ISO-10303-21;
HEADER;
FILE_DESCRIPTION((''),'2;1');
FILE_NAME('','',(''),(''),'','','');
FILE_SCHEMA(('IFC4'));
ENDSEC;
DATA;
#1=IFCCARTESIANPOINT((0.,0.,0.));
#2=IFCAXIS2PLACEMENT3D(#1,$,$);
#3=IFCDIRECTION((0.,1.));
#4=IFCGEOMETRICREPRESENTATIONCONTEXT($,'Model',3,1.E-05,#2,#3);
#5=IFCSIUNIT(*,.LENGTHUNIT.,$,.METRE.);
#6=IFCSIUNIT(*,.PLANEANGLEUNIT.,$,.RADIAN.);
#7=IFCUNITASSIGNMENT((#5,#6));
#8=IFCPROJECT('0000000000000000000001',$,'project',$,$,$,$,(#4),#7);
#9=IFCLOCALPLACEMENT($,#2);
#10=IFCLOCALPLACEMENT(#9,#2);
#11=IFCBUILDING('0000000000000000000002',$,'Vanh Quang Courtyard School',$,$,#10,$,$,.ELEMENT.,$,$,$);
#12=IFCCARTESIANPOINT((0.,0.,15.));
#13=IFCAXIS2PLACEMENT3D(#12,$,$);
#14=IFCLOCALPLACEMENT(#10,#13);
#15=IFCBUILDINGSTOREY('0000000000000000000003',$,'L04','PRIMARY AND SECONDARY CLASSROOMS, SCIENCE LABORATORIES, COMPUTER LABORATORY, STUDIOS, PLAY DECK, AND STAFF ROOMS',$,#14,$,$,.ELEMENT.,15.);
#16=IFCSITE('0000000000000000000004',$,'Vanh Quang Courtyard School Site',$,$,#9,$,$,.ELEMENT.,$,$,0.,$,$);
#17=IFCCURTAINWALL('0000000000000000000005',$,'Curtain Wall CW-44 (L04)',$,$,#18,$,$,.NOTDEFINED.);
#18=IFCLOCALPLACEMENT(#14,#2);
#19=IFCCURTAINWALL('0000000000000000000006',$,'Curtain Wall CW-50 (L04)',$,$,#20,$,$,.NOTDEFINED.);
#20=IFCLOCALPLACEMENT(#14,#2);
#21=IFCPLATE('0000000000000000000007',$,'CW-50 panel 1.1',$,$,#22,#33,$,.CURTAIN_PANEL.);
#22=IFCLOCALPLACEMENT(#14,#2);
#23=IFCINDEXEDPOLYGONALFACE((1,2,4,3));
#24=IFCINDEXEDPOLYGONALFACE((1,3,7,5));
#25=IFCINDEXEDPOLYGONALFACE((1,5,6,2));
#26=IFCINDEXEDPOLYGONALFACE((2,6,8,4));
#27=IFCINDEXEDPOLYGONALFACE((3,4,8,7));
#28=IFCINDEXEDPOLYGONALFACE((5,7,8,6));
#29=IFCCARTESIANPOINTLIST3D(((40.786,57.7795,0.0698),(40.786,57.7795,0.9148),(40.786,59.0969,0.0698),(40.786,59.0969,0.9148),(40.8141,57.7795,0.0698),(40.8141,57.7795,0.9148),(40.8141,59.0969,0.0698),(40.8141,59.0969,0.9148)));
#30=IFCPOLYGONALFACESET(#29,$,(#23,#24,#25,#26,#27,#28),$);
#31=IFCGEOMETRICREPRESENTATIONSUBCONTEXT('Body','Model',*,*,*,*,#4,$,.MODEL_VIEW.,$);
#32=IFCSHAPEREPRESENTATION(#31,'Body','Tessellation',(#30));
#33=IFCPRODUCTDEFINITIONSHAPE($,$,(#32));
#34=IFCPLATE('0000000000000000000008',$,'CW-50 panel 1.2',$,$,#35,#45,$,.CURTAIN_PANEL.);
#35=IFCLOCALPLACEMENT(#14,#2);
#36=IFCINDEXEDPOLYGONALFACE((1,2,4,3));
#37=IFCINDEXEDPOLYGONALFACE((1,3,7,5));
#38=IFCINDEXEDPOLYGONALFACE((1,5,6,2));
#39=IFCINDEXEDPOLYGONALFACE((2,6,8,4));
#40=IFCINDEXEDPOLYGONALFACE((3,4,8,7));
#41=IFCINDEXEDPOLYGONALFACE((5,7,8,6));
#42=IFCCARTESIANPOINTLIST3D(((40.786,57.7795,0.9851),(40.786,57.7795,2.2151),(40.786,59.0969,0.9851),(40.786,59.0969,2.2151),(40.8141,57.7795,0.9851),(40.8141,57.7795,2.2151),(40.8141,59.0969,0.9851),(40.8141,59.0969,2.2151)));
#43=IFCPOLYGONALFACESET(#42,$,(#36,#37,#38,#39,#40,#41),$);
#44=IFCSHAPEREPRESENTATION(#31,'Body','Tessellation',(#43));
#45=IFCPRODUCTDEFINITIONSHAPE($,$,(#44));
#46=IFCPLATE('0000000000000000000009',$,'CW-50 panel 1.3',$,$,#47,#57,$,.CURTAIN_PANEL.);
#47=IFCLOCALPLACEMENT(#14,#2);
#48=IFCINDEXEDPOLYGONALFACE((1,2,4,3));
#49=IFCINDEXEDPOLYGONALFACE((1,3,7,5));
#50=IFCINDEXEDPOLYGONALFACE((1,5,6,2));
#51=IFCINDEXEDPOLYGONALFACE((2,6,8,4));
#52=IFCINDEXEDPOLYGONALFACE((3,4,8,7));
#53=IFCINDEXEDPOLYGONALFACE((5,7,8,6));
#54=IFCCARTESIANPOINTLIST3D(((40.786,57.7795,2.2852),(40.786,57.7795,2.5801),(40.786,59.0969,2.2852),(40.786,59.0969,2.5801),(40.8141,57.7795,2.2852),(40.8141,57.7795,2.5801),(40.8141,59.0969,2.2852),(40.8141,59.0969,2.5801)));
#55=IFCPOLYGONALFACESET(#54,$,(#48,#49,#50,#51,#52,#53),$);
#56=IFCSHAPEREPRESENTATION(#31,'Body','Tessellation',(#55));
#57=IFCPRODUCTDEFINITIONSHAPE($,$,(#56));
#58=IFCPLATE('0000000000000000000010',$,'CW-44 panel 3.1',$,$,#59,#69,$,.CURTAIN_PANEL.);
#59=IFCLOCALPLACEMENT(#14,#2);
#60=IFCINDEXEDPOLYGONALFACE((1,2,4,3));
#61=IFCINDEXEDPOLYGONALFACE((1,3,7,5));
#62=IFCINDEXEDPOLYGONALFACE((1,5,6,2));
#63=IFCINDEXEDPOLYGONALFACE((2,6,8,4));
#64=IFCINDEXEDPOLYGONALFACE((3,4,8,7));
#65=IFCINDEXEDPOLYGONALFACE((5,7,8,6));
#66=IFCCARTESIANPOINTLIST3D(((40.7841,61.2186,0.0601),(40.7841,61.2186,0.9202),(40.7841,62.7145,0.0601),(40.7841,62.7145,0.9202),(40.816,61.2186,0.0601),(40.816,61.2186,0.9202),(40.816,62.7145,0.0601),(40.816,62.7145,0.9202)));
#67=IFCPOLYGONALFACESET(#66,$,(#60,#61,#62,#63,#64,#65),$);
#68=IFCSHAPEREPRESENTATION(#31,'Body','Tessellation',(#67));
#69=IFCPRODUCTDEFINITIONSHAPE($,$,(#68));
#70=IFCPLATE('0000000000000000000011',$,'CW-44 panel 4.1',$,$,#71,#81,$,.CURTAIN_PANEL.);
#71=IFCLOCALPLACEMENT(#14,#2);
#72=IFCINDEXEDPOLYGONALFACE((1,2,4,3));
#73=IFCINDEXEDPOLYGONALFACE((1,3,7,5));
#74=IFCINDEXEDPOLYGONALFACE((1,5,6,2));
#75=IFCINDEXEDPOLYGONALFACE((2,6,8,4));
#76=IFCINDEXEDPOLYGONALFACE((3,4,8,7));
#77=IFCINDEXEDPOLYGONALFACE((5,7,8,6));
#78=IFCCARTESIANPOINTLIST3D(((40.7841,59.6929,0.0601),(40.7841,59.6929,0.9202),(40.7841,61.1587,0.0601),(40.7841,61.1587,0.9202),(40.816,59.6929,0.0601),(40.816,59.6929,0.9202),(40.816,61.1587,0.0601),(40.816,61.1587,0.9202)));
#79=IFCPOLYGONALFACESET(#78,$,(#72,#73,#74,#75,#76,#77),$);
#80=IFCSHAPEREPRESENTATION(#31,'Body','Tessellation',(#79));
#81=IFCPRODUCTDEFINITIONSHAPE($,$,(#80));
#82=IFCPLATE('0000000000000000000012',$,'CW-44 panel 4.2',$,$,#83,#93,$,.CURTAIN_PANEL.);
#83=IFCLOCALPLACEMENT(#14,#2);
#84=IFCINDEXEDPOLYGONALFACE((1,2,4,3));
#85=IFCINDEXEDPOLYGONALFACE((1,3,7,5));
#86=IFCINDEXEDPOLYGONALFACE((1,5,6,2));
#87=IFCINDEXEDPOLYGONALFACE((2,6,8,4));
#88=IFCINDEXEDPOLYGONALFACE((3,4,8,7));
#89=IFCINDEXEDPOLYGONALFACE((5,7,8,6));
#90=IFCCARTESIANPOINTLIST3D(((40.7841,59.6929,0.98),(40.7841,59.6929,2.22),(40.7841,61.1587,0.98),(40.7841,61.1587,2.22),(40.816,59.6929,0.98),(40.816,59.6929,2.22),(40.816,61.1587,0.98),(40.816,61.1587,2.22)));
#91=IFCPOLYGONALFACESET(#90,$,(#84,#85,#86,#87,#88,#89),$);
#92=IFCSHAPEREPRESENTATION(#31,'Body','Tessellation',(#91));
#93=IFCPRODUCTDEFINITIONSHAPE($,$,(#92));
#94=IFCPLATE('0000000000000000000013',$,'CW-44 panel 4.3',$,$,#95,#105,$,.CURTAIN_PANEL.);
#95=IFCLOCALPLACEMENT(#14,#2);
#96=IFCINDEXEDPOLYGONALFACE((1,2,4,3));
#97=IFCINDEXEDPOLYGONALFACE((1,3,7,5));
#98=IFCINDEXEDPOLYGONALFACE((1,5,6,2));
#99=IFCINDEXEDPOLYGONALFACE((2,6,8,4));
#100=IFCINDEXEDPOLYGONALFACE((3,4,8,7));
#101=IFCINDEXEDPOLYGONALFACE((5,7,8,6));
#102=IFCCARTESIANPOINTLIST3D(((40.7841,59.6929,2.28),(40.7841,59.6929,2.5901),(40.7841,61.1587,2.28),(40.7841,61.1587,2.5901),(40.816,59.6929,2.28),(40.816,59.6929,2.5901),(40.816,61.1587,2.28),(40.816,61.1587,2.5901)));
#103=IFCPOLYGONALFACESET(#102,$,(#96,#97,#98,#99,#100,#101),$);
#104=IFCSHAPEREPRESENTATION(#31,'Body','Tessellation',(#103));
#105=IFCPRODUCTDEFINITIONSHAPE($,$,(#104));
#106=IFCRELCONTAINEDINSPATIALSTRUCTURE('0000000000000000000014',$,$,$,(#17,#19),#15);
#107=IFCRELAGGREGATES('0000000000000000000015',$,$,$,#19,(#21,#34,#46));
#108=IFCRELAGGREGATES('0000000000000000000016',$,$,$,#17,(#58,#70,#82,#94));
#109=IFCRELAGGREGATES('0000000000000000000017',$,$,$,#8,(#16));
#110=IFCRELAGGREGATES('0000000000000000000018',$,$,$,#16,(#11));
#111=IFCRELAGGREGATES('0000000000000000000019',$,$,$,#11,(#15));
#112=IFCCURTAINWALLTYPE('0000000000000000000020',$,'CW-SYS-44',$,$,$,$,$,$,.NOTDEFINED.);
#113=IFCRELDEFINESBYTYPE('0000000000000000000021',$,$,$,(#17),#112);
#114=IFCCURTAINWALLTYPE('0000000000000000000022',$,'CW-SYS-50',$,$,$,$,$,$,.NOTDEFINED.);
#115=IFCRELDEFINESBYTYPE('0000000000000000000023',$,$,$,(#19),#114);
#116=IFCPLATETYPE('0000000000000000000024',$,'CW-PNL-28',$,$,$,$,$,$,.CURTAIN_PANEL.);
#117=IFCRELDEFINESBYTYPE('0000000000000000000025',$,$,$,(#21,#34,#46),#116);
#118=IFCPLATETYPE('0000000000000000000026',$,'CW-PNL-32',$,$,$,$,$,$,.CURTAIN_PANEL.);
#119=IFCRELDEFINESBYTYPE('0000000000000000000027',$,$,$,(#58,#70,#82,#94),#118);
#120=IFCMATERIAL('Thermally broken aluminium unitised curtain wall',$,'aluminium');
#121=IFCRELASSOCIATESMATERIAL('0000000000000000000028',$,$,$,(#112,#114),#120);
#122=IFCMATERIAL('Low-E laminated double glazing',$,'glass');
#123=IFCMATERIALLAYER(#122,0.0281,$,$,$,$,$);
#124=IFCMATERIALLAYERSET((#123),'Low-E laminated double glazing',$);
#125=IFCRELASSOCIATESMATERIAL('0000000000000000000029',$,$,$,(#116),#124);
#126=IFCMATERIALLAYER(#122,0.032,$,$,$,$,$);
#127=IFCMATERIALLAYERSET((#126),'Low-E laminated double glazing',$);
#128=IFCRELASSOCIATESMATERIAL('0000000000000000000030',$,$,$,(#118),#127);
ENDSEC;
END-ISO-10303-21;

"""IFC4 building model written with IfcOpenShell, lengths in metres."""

from ifc_helpers import new_model, si_unit, direction, frame, origin, origin_2d, place, context, subcontext, project, spatial, rectangle, extrude, material, layer, layer_set, type_object, element, aggregate, save


model = new_model("IFC4")

# Units and contexts
model_context = context("Model", 3, precision=1e-05, world=origin(), true_north=direction((0.0, 1.0)))
body_context = subcontext(model_context, "Body", "Model", "MODEL_VIEW")
ifc_project = project(units=[si_unit("LENGTHUNIT", "METRE"), si_unit("PLANEANGLEUNIT", "RADIAN")], contexts=[model_context])

# Site, building, storey
site_placement = place(None, origin())
site = spatial("IfcSite", under=ifc_project, at=site_placement, Name="Vanh Quang Courtyard School Site", CompositionType="ELEMENT", RefElevation=0.0)
building_placement = place(site_placement, origin())
building = spatial("IfcBuilding", under=site, at=building_placement, Name="Vanh Quang Courtyard School", CompositionType="ELEMENT")
storey_placement = place(building_placement, frame((0.0, 0.0, 15.0)))
storey = spatial("IfcBuildingStorey", under=building, at=storey_placement, Name="L04", Description="PRIMARY AND SECONDARY CLASSROOMS, SCIENCE LABORATORIES, COMPUTER LABORATORY, STUDIOS, PLAY DECK, AND STAFF ROOMS", CompositionType="ELEMENT", Elevation=15.0)

# Curtain walls
ifc_material_1 = material(Name="Thermally broken aluminium unitised curtain wall", Category="aluminium")
curtain_wall_type_1 = type_object("IfcCurtainWallType", Name="CW-SYS-44", PredefinedType="NOTDEFINED", material=ifc_material_1)
curtain_wall_1_placement = place(storey_placement, origin())
curtain_wall_1 = element("IfcCurtainWall", 1, at=curtain_wall_1_placement, inside=storey, type_object=curtain_wall_type_1, Name="Curtain Wall CW-44 (L04)", PredefinedType="NOTDEFINED")
curtain_wall_type_2 = type_object("IfcCurtainWallType", Name="CW-SYS-50", PredefinedType="NOTDEFINED", material=ifc_material_1)
curtain_wall_2_placement = place(storey_placement, origin())
curtain_wall_2 = element("IfcCurtainWall", 2, at=curtain_wall_2_placement, inside=storey, type_object=curtain_wall_type_2, Name="Curtain Wall CW-50 (L04)", PredefinedType="NOTDEFINED")

# Plates
ifc_material_2 = material(Name="Low-E laminated double glazing", Category="glass")
ifc_layer_1 = layer(ifc_material_2, 0.0281)
ifc_layer_set_1 = layer_set([ifc_layer_1], Name="Low-E laminated double glazing")
plate_type_1 = type_object("IfcPlateType", Name="CW-PNL-28", PredefinedType="CURTAIN_PANEL", material=ifc_layer_set_1)
plate_1_placement = place(storey_placement, frame((40.8, 58.4382, 0.0698), z_axis=(0.0, 0.0, 1.0), x_axis=(0.0, -1.0, 0.0)))
plate_1 = element("IfcPlate", 3, at=plate_1_placement, type_object=plate_type_1, Name="CW-50 panel 1.1", PredefinedType="CURTAIN_PANEL", context=body_context, shape_type="SweptSolid", body=[
    extrude(rectangle(XDim=1.3174, YDim=0.0281, at=origin_2d()), origin(), (0.0, 0.0, 1.0), 0.845),
])
plate_2_placement = place(storey_placement, frame((40.8, 58.4382, 0.9851), z_axis=(0.0, 0.0, 1.0), x_axis=(0.0, -1.0, 0.0)))
plate_2 = element("IfcPlate", 4, at=plate_2_placement, type_object=plate_type_1, Name="CW-50 panel 1.2", PredefinedType="CURTAIN_PANEL", context=body_context, shape_type="SweptSolid", body=[
    extrude(rectangle(XDim=1.3174, YDim=0.0281, at=origin_2d()), origin(), (0.0, 0.0, 1.0), 1.23),
])
plate_3_placement = place(storey_placement, frame((40.8, 58.4382, 2.2852), z_axis=(0.0, 0.0, 1.0), x_axis=(0.0, -1.0, 0.0)))
plate_3 = element("IfcPlate", 5, at=plate_3_placement, type_object=plate_type_1, Name="CW-50 panel 1.3", PredefinedType="CURTAIN_PANEL", context=body_context, shape_type="SweptSolid", body=[
    extrude(rectangle(XDim=1.3174, YDim=0.0281, at=origin_2d()), origin(), (0.0, 0.0, 1.0), 0.2949),
])
aggregate(curtain_wall_2, [plate_1, plate_2, plate_3])
ifc_layer_2 = layer(ifc_material_2, 0.032)
ifc_layer_set_2 = layer_set([ifc_layer_2], Name="Low-E laminated double glazing")
plate_type_2 = type_object("IfcPlateType", Name="CW-PNL-32", PredefinedType="CURTAIN_PANEL", material=ifc_layer_set_2)
plate_4_placement = place(storey_placement, frame((40.8, 61.9666, 0.0601), z_axis=(0.0, 0.0, 1.0), x_axis=(0.0, -1.0, 0.0)))
plate_4 = element("IfcPlate", 6, at=plate_4_placement, type_object=plate_type_2, Name="CW-44 panel 3.1", PredefinedType="CURTAIN_PANEL", context=body_context, shape_type="SweptSolid", body=[
    extrude(rectangle(XDim=1.4958, YDim=0.032, at=origin_2d()), origin(), (0.0, 0.0, 1.0), 0.8601),
])
plate_5_placement = place(storey_placement, frame((40.8, 60.4258, 0.0601), z_axis=(0.0, 0.0, 1.0), x_axis=(0.0, -1.0, 0.0)))
plate_5 = element("IfcPlate", 7, at=plate_5_placement, type_object=plate_type_2, Name="CW-44 panel 4.1", PredefinedType="CURTAIN_PANEL", context=body_context, shape_type="SweptSolid", body=[
    extrude(rectangle(XDim=1.4658, YDim=0.032, at=origin_2d()), origin(), (0.0, 0.0, 1.0), 0.8601),
])
plate_6_placement = place(storey_placement, frame((40.8, 60.4258, 0.98), z_axis=(0.0, 0.0, 1.0), x_axis=(0.0, -1.0, 0.0)))
plate_6 = element("IfcPlate", 8, at=plate_6_placement, type_object=plate_type_2, Name="CW-44 panel 4.2", PredefinedType="CURTAIN_PANEL", context=body_context, shape_type="SweptSolid", body=[
    extrude(rectangle(XDim=1.4658, YDim=0.032, at=origin_2d()), origin(), (0.0, 0.0, 1.0), 1.24),
])
plate_7_placement = place(storey_placement, frame((40.8, 60.4258, 2.28), z_axis=(0.0, 0.0, 1.0), x_axis=(0.0, -1.0, 0.0)))
plate_7 = element("IfcPlate", 9, at=plate_7_placement, type_object=plate_type_2, Name="CW-44 panel 4.3", PredefinedType="CURTAIN_PANEL", context=body_context, shape_type="SweptSolid", body=[
    extrude(rectangle(XDim=1.4658, YDim=0.032, at=origin_2d()), origin(), (0.0, 0.0, 1.0), 0.3101),
])
aggregate(curtain_wall_1, [plate_4, plate_5, plate_6, plate_7])

save(model, "model.ifc")
